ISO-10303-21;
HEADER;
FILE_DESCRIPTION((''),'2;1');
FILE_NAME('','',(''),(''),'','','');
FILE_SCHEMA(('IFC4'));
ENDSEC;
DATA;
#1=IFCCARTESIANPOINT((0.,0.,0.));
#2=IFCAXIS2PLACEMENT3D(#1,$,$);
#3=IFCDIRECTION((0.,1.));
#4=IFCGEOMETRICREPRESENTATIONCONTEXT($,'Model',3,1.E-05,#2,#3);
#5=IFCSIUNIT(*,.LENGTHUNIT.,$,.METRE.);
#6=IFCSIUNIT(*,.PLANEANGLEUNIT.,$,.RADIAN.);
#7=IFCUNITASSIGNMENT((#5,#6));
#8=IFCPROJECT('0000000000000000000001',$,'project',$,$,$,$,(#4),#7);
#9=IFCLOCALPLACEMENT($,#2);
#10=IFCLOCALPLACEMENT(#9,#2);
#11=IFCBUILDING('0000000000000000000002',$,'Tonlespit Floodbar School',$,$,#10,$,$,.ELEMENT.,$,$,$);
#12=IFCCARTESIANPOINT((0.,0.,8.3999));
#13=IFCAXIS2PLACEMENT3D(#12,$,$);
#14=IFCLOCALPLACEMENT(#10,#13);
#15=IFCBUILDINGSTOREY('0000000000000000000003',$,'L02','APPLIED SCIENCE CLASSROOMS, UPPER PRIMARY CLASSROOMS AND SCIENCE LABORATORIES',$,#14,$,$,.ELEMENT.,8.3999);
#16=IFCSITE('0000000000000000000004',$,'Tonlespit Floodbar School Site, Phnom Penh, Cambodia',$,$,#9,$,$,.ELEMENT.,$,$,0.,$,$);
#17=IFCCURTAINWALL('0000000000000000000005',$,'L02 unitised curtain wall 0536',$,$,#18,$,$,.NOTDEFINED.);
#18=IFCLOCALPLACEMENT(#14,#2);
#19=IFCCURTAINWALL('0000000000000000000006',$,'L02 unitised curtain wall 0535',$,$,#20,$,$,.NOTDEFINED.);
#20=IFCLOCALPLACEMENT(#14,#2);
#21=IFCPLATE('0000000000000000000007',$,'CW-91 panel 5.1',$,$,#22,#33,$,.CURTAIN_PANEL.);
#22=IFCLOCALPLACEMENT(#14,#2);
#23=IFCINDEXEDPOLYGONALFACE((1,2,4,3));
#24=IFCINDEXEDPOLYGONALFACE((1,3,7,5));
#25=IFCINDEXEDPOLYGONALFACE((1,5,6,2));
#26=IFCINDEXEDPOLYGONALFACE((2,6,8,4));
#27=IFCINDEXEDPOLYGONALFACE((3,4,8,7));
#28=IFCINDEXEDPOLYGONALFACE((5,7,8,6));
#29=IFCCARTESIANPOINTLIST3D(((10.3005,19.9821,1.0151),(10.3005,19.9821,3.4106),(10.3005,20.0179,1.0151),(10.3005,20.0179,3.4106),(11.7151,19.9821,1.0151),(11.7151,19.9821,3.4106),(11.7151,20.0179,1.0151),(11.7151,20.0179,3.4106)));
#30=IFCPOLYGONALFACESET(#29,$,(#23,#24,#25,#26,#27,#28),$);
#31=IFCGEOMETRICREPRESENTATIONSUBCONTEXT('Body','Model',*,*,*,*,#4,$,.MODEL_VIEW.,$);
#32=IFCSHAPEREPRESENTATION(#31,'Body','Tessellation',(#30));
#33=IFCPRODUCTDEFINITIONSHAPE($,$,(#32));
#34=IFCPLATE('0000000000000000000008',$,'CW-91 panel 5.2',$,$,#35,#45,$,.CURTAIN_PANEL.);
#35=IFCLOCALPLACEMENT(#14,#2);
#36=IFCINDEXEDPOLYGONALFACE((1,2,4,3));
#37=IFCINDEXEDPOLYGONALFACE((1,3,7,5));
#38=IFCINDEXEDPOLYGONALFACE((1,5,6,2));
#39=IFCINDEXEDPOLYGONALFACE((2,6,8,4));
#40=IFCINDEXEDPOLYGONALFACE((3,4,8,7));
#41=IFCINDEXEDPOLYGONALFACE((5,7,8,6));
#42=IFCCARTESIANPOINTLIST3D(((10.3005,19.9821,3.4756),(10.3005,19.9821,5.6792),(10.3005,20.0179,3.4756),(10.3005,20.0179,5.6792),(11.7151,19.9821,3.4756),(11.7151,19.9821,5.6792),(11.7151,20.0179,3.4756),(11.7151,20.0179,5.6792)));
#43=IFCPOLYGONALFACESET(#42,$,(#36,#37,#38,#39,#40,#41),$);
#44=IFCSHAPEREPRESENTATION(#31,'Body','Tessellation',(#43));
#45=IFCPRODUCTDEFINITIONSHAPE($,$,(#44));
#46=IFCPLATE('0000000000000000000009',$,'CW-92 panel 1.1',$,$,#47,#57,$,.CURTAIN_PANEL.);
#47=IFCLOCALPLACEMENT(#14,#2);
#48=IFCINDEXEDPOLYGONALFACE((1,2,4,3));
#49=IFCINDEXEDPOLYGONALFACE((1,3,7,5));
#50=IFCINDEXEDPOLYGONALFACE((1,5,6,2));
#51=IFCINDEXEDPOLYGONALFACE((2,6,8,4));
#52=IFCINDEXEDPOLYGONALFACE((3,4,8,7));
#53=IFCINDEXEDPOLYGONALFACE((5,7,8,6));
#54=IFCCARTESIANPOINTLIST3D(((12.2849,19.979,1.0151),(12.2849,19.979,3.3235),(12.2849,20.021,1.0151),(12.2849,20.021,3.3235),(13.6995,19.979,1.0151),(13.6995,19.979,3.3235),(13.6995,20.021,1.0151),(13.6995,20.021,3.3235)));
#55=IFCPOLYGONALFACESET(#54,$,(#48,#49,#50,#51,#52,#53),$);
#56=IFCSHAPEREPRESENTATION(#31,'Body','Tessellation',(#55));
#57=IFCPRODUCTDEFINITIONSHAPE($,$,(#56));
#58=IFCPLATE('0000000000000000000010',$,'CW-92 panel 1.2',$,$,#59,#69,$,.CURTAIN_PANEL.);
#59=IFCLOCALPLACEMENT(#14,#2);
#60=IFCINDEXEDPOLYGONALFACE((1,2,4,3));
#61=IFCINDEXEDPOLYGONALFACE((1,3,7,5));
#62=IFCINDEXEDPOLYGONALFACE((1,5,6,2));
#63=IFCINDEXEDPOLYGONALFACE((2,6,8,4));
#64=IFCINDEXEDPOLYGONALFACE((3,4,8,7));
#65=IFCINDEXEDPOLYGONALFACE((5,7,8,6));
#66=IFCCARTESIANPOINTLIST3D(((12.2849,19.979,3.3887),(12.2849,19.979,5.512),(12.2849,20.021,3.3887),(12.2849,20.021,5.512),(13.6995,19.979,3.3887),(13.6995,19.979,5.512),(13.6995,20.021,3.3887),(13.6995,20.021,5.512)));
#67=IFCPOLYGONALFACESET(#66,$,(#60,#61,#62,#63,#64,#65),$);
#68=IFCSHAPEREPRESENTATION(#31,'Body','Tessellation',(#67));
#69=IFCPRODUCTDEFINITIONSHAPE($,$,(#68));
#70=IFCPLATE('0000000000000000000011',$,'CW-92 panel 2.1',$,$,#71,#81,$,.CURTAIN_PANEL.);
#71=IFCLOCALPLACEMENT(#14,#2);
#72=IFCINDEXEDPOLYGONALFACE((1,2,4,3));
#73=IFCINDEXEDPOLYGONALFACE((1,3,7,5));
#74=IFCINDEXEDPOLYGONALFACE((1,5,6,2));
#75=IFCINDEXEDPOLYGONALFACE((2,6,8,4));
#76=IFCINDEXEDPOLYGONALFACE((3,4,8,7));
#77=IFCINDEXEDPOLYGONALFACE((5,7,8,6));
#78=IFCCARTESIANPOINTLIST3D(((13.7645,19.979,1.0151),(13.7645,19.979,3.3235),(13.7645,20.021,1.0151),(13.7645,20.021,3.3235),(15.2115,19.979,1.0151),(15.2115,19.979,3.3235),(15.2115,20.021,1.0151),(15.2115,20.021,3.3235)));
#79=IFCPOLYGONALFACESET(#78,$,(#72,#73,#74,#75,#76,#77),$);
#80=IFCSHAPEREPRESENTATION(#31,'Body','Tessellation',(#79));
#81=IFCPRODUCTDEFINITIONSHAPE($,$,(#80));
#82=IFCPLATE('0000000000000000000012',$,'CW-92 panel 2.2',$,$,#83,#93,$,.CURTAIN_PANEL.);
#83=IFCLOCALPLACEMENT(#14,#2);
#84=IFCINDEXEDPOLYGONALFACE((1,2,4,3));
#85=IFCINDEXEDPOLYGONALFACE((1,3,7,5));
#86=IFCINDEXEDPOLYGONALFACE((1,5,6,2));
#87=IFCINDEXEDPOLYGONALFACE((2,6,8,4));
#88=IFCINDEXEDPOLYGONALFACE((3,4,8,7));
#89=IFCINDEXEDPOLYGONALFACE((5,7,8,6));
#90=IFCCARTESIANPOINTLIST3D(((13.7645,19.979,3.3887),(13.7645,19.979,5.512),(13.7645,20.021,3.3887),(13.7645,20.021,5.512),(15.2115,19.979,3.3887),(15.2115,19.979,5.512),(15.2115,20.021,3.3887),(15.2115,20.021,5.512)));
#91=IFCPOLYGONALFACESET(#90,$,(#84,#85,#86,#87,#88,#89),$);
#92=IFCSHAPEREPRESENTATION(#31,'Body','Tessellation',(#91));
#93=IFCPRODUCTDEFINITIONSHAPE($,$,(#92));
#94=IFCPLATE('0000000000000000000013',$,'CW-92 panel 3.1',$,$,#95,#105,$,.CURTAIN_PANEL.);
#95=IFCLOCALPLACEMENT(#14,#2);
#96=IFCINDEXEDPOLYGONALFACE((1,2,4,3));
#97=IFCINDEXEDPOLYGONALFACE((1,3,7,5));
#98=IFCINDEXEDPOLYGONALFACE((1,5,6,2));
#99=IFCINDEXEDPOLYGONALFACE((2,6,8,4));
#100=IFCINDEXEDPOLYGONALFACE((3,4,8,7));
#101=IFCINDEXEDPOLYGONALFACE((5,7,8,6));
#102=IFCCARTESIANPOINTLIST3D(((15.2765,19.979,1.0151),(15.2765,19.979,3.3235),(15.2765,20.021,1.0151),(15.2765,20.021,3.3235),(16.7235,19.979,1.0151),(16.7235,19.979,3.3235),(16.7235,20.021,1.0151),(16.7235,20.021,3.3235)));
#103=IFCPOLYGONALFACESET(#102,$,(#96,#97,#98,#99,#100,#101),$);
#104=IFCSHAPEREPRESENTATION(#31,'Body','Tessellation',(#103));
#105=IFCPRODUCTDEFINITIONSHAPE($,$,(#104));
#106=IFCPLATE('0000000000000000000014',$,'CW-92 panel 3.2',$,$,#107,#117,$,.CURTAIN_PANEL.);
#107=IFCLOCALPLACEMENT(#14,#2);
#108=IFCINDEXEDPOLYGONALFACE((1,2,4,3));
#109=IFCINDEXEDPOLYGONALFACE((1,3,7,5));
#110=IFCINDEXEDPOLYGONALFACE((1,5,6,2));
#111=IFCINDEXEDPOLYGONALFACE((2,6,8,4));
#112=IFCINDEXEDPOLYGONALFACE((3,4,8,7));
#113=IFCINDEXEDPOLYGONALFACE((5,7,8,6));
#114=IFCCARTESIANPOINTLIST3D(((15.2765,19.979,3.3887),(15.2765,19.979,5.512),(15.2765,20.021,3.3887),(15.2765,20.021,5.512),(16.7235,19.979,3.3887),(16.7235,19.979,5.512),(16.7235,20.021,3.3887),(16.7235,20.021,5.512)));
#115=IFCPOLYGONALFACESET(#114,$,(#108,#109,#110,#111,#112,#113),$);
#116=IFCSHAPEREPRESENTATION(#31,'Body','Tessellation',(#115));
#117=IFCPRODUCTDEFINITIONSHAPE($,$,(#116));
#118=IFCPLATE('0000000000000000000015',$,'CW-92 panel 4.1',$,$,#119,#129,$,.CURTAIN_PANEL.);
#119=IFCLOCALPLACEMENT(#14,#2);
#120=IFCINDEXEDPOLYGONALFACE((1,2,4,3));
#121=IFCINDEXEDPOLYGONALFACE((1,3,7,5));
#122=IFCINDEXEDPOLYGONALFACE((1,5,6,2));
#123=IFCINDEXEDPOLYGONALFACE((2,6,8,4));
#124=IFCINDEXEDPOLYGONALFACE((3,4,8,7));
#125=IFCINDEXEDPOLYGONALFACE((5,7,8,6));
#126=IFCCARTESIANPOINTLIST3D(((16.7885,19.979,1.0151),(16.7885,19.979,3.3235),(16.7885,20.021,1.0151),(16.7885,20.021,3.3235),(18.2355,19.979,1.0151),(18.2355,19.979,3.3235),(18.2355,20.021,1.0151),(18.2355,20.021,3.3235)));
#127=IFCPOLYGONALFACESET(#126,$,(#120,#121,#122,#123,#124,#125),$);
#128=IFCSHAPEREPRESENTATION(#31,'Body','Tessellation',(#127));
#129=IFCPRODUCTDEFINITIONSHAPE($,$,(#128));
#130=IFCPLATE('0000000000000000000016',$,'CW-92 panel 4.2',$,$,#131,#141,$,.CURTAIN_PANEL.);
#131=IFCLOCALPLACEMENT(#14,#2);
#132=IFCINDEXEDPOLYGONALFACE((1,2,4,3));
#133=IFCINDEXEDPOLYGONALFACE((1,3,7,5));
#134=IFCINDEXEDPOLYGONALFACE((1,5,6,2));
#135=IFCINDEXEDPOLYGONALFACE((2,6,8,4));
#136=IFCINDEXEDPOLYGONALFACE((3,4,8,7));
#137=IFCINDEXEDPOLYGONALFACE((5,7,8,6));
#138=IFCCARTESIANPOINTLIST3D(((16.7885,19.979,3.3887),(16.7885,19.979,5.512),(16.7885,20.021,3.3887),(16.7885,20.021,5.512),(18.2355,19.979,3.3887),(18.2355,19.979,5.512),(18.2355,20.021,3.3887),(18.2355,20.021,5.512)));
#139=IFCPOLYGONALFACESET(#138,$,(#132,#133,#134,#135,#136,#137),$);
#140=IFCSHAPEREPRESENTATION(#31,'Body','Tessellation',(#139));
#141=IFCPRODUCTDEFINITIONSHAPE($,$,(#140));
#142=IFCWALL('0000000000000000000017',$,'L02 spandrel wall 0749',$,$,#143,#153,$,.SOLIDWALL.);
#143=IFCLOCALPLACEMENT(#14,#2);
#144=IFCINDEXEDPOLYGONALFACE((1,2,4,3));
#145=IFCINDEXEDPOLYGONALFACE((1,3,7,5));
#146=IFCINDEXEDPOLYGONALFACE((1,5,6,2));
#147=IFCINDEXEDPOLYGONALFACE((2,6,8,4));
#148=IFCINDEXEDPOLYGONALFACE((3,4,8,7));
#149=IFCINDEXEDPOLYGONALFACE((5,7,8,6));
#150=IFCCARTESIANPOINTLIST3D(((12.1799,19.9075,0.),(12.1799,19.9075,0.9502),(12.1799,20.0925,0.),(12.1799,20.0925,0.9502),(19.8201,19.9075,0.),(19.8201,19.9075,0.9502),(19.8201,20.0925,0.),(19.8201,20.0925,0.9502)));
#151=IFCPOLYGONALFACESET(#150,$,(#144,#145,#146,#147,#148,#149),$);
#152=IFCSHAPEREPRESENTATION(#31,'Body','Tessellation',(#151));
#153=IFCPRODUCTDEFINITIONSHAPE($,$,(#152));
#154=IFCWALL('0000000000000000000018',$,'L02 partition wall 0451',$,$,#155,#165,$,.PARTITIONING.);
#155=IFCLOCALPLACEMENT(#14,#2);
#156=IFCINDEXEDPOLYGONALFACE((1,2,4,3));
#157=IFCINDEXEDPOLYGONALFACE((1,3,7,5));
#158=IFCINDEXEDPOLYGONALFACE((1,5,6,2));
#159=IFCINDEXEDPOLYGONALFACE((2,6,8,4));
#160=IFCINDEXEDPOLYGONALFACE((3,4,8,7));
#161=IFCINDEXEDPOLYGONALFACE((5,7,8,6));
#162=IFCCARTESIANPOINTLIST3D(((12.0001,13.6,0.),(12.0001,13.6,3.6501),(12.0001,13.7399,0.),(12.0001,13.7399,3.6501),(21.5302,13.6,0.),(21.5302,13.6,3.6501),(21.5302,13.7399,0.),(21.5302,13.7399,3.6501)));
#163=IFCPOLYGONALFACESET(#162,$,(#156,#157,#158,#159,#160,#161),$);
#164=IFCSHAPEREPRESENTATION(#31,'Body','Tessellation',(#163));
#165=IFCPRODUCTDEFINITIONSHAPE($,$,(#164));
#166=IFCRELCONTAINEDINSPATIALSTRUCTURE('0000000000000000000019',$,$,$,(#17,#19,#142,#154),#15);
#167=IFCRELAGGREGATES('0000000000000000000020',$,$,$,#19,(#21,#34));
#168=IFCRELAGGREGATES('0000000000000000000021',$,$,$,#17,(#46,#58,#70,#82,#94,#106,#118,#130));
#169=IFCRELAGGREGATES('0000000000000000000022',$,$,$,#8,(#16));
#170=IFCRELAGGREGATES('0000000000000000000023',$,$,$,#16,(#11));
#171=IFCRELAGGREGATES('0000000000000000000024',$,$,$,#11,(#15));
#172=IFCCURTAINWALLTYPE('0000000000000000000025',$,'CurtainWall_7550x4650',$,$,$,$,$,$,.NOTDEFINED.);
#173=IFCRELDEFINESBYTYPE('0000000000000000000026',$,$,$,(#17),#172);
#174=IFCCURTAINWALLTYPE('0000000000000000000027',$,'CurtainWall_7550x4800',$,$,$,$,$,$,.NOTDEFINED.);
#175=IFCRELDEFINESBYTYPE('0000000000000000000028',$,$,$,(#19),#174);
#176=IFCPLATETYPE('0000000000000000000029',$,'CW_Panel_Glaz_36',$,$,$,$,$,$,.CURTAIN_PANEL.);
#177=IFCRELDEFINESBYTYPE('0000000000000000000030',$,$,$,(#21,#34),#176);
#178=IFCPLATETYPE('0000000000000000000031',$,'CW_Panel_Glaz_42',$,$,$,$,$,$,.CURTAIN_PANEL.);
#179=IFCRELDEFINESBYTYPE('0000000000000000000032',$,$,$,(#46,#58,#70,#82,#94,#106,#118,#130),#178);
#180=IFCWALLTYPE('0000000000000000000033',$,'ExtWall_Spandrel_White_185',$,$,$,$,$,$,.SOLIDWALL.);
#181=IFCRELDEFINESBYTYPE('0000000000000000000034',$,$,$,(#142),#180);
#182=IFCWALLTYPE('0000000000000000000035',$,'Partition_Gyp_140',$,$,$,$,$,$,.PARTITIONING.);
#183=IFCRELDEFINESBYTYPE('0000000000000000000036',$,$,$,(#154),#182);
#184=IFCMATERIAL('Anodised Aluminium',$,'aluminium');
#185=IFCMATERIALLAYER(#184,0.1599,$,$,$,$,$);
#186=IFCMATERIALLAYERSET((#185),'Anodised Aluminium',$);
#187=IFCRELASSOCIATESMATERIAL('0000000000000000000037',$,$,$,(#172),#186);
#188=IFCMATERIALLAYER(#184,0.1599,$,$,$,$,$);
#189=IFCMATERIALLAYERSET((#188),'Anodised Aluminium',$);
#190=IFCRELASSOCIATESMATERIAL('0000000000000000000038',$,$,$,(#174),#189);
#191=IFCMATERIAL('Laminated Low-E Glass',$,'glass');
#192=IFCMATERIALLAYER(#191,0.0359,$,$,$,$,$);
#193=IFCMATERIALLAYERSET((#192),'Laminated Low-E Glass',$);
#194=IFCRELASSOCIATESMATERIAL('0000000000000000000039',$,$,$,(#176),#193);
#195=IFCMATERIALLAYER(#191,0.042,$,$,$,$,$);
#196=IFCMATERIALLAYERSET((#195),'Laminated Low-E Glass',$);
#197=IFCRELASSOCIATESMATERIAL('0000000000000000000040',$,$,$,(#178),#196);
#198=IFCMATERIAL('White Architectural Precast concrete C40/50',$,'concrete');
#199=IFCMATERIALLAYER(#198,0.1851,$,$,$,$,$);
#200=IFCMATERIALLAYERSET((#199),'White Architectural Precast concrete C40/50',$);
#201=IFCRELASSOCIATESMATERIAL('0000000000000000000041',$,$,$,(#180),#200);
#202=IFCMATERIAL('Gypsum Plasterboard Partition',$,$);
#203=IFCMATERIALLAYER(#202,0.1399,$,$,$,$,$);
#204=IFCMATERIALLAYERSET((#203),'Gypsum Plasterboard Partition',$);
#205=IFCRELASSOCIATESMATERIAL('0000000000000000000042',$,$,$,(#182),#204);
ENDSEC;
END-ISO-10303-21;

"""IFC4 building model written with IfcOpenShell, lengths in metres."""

from ifc_helpers import new_model, si_unit, direction, frame, frame_2d, origin, origin_2d, place, context, subcontext, project, spatial, rectangle, extrude, material, layer, layer_set, type_object, element, aggregate, save


model = new_model("IFC4")

# Units and contexts
model_context = context("Model", 3, precision=1e-05, world=origin(), true_north=direction((0.0, 1.0)))
body_context = subcontext(model_context, "Body", "Model", "MODEL_VIEW")
ifc_project = project(units=[si_unit("LENGTHUNIT", "METRE"), si_unit("PLANEANGLEUNIT", "RADIAN")], contexts=[model_context])

# Site, building, storey
site_placement = place(None, origin())
site = spatial("IfcSite", under=ifc_project, at=site_placement, Name="Tonlespit Floodbar School Site, Phnom Penh, Cambodia", CompositionType="ELEMENT", RefElevation=0.0)
building_placement = place(site_placement, origin())
building = spatial("IfcBuilding", under=site, at=building_placement, Name="Tonlespit Floodbar School", CompositionType="ELEMENT")
storey_placement = place(building_placement, frame((0.0, 0.0, 8.3999)))
storey = spatial("IfcBuildingStorey", under=building, at=storey_placement, Name="L02", Description="APPLIED SCIENCE CLASSROOMS, UPPER PRIMARY CLASSROOMS AND SCIENCE LABORATORIES", CompositionType="ELEMENT", Elevation=8.3999)

# Curtain walls
ifc_material_1 = material(Name="Anodised Aluminium", Category="aluminium")
ifc_layer_1 = layer(ifc_material_1, 0.1599)
ifc_layer_set_1 = layer_set([ifc_layer_1], Name="Anodised Aluminium")
curtain_wall_type_1 = type_object("IfcCurtainWallType", Name="CurtainWall_7550x4650", PredefinedType="NOTDEFINED", material=ifc_layer_set_1)
curtain_wall_1_placement = place(storey_placement, origin())
curtain_wall_1 = element("IfcCurtainWall", 1, at=curtain_wall_1_placement, inside=storey, type_object=curtain_wall_type_1, Name="L02 unitised curtain wall 0536", PredefinedType="NOTDEFINED")
ifc_layer_2 = layer(ifc_material_1, 0.1599)
ifc_layer_set_2 = layer_set([ifc_layer_2], Name="Anodised Aluminium")
curtain_wall_type_2 = type_object("IfcCurtainWallType", Name="CurtainWall_7550x4800", PredefinedType="NOTDEFINED", material=ifc_layer_set_2)
curtain_wall_2_placement = place(storey_placement, origin())
curtain_wall_2 = element("IfcCurtainWall", 2, at=curtain_wall_2_placement, inside=storey, type_object=curtain_wall_type_2, Name="L02 unitised curtain wall 0535", PredefinedType="NOTDEFINED")

# Plates
ifc_material_2 = material(Name="Laminated Low-E Glass", Category="glass")
ifc_layer_3 = layer(ifc_material_2, 0.0359)
ifc_layer_set_3 = layer_set([ifc_layer_3], Name="Laminated Low-E Glass")
plate_type_1 = type_object("IfcPlateType", Name="CW_Panel_Glaz_36", PredefinedType="CURTAIN_PANEL", material=ifc_layer_set_3)
plate_1_placement = place(storey_placement, frame((11.0078, 20.0, 1.0151), z_axis=(0.0, 0.0, 1.0), x_axis=(1.0, 0.0, 0.0)))
plate_1 = element("IfcPlate", 3, at=plate_1_placement, type_object=plate_type_1, Name="CW-91 panel 5.1", PredefinedType="CURTAIN_PANEL", context=body_context, shape_type="SweptSolid", body=[
    extrude(rectangle(XDim=1.4146, YDim=0.0359, at=origin_2d()), origin(), (0.0, 0.0, 1.0), 2.3955),
])
plate_2_placement = place(storey_placement, frame((11.0078, 20.0, 3.4756), z_axis=(0.0, 0.0, 1.0), x_axis=(1.0, 0.0, 0.0)))
plate_2 = element("IfcPlate", 4, at=plate_2_placement, type_object=plate_type_1, Name="CW-91 panel 5.2", PredefinedType="CURTAIN_PANEL", context=body_context, shape_type="SweptSolid", body=[
    extrude(rectangle(XDim=1.4146, YDim=0.0359, at=origin_2d()), origin(), (0.0, 0.0, 1.0), 2.2036),
])
aggregate(curtain_wall_2, [plate_1, plate_2])
ifc_layer_4 = layer(ifc_material_2, 0.042)
ifc_layer_set_4 = layer_set([ifc_layer_4], Name="Laminated Low-E Glass")
plate_type_2 = type_object("IfcPlateType", Name="CW_Panel_Glaz_42", PredefinedType="CURTAIN_PANEL", material=ifc_layer_set_4)
plate_3_placement = place(storey_placement, frame((12.9922, 20.0, 1.0151), z_axis=(0.0, 0.0, 1.0), x_axis=(1.0, 0.0, 0.0)))
plate_3 = element("IfcPlate", 5, at=plate_3_placement, type_object=plate_type_2, Name="CW-92 panel 1.1", PredefinedType="CURTAIN_PANEL", context=body_context, shape_type="SweptSolid", body=[
    extrude(rectangle(XDim=1.4146, YDim=0.042, at=origin_2d()), origin(), (0.0, 0.0, 1.0), 2.3083),
])
plate_4_placement = place(storey_placement, frame((12.9922, 20.0, 3.3887), z_axis=(0.0, 0.0, 1.0), x_axis=(1.0, 0.0, 0.0)))
plate_4 = element("IfcPlate", 6, at=plate_4_placement, type_object=plate_type_2, Name="CW-92 panel 1.2", PredefinedType="CURTAIN_PANEL", context=body_context, shape_type="SweptSolid", body=[
    extrude(rectangle(XDim=1.4146, YDim=0.042, at=origin_2d()), origin(), (0.0, 0.0, 1.0), 2.1233),
])
plate_5_placement = place(storey_placement, frame((14.488, 20.0, 1.0151), z_axis=(0.0, 0.0, 1.0), x_axis=(1.0, 0.0, 0.0)))
plate_5 = element("IfcPlate", 7, at=plate_5_placement, type_object=plate_type_2, Name="CW-92 panel 2.1", PredefinedType="CURTAIN_PANEL", context=body_context, shape_type="SweptSolid", body=[
    extrude(rectangle(XDim=1.447, YDim=0.042, at=origin_2d()), origin(), (0.0, 0.0, 1.0), 2.3083),
])
plate_6_placement = place(storey_placement, frame((14.488, 20.0, 3.3887), z_axis=(0.0, 0.0, 1.0), x_axis=(1.0, 0.0, 0.0)))
plate_6 = element("IfcPlate", 8, at=plate_6_placement, type_object=plate_type_2, Name="CW-92 panel 2.2", PredefinedType="CURTAIN_PANEL", context=body_context, shape_type="SweptSolid", body=[
    extrude(rectangle(XDim=1.447, YDim=0.042, at=origin_2d()), origin(), (0.0, 0.0, 1.0), 2.1233),
])
plate_7_placement = place(storey_placement, frame((16.0, 20.0, 1.0151), z_axis=(0.0, 0.0, 1.0), x_axis=(1.0, 0.0, 0.0)))
plate_7 = element("IfcPlate", 9, at=plate_7_placement, type_object=plate_type_2, Name="CW-92 panel 3.1", PredefinedType="CURTAIN_PANEL", context=body_context, shape_type="SweptSolid", body=[
    extrude(rectangle(XDim=1.447, YDim=0.042, at=origin_2d()), origin(), (0.0, 0.0, 1.0), 2.3083),
])
plate_8_placement = place(storey_placement, frame((16.0, 20.0, 3.3887), z_axis=(0.0, 0.0, 1.0), x_axis=(1.0, 0.0, 0.0)))
plate_8 = element("IfcPlate", 10, at=plate_8_placement, type_object=plate_type_2, Name="CW-92 panel 3.2", PredefinedType="CURTAIN_PANEL", context=body_context, shape_type="SweptSolid", body=[
    extrude(rectangle(XDim=1.447, YDim=0.042, at=origin_2d()), origin(), (0.0, 0.0, 1.0), 2.1233),
])
plate_9_placement = place(storey_placement, frame((17.512, 20.0, 1.0151), z_axis=(0.0, 0.0, 1.0), x_axis=(1.0, 0.0, 0.0)))
plate_9 = element("IfcPlate", 11, at=plate_9_placement, type_object=plate_type_2, Name="CW-92 panel 4.1", PredefinedType="CURTAIN_PANEL", context=body_context, shape_type="SweptSolid", body=[
    extrude(rectangle(XDim=1.447, YDim=0.042, at=origin_2d()), origin(), (0.0, 0.0, 1.0), 2.3083),
])
plate_10_placement = place(storey_placement, frame((17.512, 20.0, 3.3887), z_axis=(0.0, 0.0, 1.0), x_axis=(1.0, 0.0, 0.0)))
plate_10 = element("IfcPlate", 12, at=plate_10_placement, type_object=plate_type_2, Name="CW-92 panel 4.2", PredefinedType="CURTAIN_PANEL", context=body_context, shape_type="SweptSolid", body=[
    extrude(rectangle(XDim=1.447, YDim=0.042, at=origin_2d()), origin(), (0.0, 0.0, 1.0), 2.1233),
])
aggregate(curtain_wall_1, [plate_3, plate_4, plate_5, plate_6, plate_7, plate_8, plate_9, plate_10])

# Walls
ifc_material_3 = material(Name="White Architectural Precast concrete C40/50", Category="concrete")
ifc_layer_5 = layer(ifc_material_3, 0.1851)
ifc_layer_set_5 = layer_set([ifc_layer_5], Name="White Architectural Precast concrete C40/50")
wall_type_1 = type_object("IfcWallType", Name="ExtWall_Spandrel_White_185", PredefinedType="SOLIDWALL", material=ifc_layer_set_5)
wall_1_placement = place(storey_placement, frame((12.1799, 20.0, 0.0), z_axis=(0.0, 0.0, 1.0), x_axis=(1.0, 0.0, 0.0)))
element("IfcWall", 13, at=wall_1_placement, inside=storey, type_object=wall_type_1, Name="L02 spandrel wall 0749", PredefinedType="SOLIDWALL", context=body_context, shape_type="SweptSolid", body=[
    extrude(rectangle(XDim=7.6401, YDim=0.1851, at=frame_2d((3.8201, 0.0))), origin(), (0.0, 0.0, 1.0), 0.9502),
])
ifc_material_4 = material(Name="Gypsum Plasterboard Partition")
ifc_layer_6 = layer(ifc_material_4, 0.1399)
ifc_layer_set_6 = layer_set([ifc_layer_6], Name="Gypsum Plasterboard Partition")
wall_type_2 = type_object("IfcWallType", Name="Partition_Gyp_140", PredefinedType="PARTITIONING", material=ifc_layer_set_6)
wall_2_placement = place(storey_placement, frame((12.0, 13.6699, 0.0), z_axis=(0.0, 0.0, 1.0), x_axis=(1.0, 0.0, 0.0)))
element("IfcWall", 14, at=wall_2_placement, inside=storey, type_object=wall_type_2, Name="L02 partition wall 0451", PredefinedType="PARTITIONING", context=body_context, shape_type="SweptSolid", body=[
    extrude(rectangle(XDim=9.53, YDim=0.1399, at=frame_2d((4.7651, 0.0))), origin(), (0.0, 0.0, 1.0), 3.6501),
])

save(model, "model.ifc")
